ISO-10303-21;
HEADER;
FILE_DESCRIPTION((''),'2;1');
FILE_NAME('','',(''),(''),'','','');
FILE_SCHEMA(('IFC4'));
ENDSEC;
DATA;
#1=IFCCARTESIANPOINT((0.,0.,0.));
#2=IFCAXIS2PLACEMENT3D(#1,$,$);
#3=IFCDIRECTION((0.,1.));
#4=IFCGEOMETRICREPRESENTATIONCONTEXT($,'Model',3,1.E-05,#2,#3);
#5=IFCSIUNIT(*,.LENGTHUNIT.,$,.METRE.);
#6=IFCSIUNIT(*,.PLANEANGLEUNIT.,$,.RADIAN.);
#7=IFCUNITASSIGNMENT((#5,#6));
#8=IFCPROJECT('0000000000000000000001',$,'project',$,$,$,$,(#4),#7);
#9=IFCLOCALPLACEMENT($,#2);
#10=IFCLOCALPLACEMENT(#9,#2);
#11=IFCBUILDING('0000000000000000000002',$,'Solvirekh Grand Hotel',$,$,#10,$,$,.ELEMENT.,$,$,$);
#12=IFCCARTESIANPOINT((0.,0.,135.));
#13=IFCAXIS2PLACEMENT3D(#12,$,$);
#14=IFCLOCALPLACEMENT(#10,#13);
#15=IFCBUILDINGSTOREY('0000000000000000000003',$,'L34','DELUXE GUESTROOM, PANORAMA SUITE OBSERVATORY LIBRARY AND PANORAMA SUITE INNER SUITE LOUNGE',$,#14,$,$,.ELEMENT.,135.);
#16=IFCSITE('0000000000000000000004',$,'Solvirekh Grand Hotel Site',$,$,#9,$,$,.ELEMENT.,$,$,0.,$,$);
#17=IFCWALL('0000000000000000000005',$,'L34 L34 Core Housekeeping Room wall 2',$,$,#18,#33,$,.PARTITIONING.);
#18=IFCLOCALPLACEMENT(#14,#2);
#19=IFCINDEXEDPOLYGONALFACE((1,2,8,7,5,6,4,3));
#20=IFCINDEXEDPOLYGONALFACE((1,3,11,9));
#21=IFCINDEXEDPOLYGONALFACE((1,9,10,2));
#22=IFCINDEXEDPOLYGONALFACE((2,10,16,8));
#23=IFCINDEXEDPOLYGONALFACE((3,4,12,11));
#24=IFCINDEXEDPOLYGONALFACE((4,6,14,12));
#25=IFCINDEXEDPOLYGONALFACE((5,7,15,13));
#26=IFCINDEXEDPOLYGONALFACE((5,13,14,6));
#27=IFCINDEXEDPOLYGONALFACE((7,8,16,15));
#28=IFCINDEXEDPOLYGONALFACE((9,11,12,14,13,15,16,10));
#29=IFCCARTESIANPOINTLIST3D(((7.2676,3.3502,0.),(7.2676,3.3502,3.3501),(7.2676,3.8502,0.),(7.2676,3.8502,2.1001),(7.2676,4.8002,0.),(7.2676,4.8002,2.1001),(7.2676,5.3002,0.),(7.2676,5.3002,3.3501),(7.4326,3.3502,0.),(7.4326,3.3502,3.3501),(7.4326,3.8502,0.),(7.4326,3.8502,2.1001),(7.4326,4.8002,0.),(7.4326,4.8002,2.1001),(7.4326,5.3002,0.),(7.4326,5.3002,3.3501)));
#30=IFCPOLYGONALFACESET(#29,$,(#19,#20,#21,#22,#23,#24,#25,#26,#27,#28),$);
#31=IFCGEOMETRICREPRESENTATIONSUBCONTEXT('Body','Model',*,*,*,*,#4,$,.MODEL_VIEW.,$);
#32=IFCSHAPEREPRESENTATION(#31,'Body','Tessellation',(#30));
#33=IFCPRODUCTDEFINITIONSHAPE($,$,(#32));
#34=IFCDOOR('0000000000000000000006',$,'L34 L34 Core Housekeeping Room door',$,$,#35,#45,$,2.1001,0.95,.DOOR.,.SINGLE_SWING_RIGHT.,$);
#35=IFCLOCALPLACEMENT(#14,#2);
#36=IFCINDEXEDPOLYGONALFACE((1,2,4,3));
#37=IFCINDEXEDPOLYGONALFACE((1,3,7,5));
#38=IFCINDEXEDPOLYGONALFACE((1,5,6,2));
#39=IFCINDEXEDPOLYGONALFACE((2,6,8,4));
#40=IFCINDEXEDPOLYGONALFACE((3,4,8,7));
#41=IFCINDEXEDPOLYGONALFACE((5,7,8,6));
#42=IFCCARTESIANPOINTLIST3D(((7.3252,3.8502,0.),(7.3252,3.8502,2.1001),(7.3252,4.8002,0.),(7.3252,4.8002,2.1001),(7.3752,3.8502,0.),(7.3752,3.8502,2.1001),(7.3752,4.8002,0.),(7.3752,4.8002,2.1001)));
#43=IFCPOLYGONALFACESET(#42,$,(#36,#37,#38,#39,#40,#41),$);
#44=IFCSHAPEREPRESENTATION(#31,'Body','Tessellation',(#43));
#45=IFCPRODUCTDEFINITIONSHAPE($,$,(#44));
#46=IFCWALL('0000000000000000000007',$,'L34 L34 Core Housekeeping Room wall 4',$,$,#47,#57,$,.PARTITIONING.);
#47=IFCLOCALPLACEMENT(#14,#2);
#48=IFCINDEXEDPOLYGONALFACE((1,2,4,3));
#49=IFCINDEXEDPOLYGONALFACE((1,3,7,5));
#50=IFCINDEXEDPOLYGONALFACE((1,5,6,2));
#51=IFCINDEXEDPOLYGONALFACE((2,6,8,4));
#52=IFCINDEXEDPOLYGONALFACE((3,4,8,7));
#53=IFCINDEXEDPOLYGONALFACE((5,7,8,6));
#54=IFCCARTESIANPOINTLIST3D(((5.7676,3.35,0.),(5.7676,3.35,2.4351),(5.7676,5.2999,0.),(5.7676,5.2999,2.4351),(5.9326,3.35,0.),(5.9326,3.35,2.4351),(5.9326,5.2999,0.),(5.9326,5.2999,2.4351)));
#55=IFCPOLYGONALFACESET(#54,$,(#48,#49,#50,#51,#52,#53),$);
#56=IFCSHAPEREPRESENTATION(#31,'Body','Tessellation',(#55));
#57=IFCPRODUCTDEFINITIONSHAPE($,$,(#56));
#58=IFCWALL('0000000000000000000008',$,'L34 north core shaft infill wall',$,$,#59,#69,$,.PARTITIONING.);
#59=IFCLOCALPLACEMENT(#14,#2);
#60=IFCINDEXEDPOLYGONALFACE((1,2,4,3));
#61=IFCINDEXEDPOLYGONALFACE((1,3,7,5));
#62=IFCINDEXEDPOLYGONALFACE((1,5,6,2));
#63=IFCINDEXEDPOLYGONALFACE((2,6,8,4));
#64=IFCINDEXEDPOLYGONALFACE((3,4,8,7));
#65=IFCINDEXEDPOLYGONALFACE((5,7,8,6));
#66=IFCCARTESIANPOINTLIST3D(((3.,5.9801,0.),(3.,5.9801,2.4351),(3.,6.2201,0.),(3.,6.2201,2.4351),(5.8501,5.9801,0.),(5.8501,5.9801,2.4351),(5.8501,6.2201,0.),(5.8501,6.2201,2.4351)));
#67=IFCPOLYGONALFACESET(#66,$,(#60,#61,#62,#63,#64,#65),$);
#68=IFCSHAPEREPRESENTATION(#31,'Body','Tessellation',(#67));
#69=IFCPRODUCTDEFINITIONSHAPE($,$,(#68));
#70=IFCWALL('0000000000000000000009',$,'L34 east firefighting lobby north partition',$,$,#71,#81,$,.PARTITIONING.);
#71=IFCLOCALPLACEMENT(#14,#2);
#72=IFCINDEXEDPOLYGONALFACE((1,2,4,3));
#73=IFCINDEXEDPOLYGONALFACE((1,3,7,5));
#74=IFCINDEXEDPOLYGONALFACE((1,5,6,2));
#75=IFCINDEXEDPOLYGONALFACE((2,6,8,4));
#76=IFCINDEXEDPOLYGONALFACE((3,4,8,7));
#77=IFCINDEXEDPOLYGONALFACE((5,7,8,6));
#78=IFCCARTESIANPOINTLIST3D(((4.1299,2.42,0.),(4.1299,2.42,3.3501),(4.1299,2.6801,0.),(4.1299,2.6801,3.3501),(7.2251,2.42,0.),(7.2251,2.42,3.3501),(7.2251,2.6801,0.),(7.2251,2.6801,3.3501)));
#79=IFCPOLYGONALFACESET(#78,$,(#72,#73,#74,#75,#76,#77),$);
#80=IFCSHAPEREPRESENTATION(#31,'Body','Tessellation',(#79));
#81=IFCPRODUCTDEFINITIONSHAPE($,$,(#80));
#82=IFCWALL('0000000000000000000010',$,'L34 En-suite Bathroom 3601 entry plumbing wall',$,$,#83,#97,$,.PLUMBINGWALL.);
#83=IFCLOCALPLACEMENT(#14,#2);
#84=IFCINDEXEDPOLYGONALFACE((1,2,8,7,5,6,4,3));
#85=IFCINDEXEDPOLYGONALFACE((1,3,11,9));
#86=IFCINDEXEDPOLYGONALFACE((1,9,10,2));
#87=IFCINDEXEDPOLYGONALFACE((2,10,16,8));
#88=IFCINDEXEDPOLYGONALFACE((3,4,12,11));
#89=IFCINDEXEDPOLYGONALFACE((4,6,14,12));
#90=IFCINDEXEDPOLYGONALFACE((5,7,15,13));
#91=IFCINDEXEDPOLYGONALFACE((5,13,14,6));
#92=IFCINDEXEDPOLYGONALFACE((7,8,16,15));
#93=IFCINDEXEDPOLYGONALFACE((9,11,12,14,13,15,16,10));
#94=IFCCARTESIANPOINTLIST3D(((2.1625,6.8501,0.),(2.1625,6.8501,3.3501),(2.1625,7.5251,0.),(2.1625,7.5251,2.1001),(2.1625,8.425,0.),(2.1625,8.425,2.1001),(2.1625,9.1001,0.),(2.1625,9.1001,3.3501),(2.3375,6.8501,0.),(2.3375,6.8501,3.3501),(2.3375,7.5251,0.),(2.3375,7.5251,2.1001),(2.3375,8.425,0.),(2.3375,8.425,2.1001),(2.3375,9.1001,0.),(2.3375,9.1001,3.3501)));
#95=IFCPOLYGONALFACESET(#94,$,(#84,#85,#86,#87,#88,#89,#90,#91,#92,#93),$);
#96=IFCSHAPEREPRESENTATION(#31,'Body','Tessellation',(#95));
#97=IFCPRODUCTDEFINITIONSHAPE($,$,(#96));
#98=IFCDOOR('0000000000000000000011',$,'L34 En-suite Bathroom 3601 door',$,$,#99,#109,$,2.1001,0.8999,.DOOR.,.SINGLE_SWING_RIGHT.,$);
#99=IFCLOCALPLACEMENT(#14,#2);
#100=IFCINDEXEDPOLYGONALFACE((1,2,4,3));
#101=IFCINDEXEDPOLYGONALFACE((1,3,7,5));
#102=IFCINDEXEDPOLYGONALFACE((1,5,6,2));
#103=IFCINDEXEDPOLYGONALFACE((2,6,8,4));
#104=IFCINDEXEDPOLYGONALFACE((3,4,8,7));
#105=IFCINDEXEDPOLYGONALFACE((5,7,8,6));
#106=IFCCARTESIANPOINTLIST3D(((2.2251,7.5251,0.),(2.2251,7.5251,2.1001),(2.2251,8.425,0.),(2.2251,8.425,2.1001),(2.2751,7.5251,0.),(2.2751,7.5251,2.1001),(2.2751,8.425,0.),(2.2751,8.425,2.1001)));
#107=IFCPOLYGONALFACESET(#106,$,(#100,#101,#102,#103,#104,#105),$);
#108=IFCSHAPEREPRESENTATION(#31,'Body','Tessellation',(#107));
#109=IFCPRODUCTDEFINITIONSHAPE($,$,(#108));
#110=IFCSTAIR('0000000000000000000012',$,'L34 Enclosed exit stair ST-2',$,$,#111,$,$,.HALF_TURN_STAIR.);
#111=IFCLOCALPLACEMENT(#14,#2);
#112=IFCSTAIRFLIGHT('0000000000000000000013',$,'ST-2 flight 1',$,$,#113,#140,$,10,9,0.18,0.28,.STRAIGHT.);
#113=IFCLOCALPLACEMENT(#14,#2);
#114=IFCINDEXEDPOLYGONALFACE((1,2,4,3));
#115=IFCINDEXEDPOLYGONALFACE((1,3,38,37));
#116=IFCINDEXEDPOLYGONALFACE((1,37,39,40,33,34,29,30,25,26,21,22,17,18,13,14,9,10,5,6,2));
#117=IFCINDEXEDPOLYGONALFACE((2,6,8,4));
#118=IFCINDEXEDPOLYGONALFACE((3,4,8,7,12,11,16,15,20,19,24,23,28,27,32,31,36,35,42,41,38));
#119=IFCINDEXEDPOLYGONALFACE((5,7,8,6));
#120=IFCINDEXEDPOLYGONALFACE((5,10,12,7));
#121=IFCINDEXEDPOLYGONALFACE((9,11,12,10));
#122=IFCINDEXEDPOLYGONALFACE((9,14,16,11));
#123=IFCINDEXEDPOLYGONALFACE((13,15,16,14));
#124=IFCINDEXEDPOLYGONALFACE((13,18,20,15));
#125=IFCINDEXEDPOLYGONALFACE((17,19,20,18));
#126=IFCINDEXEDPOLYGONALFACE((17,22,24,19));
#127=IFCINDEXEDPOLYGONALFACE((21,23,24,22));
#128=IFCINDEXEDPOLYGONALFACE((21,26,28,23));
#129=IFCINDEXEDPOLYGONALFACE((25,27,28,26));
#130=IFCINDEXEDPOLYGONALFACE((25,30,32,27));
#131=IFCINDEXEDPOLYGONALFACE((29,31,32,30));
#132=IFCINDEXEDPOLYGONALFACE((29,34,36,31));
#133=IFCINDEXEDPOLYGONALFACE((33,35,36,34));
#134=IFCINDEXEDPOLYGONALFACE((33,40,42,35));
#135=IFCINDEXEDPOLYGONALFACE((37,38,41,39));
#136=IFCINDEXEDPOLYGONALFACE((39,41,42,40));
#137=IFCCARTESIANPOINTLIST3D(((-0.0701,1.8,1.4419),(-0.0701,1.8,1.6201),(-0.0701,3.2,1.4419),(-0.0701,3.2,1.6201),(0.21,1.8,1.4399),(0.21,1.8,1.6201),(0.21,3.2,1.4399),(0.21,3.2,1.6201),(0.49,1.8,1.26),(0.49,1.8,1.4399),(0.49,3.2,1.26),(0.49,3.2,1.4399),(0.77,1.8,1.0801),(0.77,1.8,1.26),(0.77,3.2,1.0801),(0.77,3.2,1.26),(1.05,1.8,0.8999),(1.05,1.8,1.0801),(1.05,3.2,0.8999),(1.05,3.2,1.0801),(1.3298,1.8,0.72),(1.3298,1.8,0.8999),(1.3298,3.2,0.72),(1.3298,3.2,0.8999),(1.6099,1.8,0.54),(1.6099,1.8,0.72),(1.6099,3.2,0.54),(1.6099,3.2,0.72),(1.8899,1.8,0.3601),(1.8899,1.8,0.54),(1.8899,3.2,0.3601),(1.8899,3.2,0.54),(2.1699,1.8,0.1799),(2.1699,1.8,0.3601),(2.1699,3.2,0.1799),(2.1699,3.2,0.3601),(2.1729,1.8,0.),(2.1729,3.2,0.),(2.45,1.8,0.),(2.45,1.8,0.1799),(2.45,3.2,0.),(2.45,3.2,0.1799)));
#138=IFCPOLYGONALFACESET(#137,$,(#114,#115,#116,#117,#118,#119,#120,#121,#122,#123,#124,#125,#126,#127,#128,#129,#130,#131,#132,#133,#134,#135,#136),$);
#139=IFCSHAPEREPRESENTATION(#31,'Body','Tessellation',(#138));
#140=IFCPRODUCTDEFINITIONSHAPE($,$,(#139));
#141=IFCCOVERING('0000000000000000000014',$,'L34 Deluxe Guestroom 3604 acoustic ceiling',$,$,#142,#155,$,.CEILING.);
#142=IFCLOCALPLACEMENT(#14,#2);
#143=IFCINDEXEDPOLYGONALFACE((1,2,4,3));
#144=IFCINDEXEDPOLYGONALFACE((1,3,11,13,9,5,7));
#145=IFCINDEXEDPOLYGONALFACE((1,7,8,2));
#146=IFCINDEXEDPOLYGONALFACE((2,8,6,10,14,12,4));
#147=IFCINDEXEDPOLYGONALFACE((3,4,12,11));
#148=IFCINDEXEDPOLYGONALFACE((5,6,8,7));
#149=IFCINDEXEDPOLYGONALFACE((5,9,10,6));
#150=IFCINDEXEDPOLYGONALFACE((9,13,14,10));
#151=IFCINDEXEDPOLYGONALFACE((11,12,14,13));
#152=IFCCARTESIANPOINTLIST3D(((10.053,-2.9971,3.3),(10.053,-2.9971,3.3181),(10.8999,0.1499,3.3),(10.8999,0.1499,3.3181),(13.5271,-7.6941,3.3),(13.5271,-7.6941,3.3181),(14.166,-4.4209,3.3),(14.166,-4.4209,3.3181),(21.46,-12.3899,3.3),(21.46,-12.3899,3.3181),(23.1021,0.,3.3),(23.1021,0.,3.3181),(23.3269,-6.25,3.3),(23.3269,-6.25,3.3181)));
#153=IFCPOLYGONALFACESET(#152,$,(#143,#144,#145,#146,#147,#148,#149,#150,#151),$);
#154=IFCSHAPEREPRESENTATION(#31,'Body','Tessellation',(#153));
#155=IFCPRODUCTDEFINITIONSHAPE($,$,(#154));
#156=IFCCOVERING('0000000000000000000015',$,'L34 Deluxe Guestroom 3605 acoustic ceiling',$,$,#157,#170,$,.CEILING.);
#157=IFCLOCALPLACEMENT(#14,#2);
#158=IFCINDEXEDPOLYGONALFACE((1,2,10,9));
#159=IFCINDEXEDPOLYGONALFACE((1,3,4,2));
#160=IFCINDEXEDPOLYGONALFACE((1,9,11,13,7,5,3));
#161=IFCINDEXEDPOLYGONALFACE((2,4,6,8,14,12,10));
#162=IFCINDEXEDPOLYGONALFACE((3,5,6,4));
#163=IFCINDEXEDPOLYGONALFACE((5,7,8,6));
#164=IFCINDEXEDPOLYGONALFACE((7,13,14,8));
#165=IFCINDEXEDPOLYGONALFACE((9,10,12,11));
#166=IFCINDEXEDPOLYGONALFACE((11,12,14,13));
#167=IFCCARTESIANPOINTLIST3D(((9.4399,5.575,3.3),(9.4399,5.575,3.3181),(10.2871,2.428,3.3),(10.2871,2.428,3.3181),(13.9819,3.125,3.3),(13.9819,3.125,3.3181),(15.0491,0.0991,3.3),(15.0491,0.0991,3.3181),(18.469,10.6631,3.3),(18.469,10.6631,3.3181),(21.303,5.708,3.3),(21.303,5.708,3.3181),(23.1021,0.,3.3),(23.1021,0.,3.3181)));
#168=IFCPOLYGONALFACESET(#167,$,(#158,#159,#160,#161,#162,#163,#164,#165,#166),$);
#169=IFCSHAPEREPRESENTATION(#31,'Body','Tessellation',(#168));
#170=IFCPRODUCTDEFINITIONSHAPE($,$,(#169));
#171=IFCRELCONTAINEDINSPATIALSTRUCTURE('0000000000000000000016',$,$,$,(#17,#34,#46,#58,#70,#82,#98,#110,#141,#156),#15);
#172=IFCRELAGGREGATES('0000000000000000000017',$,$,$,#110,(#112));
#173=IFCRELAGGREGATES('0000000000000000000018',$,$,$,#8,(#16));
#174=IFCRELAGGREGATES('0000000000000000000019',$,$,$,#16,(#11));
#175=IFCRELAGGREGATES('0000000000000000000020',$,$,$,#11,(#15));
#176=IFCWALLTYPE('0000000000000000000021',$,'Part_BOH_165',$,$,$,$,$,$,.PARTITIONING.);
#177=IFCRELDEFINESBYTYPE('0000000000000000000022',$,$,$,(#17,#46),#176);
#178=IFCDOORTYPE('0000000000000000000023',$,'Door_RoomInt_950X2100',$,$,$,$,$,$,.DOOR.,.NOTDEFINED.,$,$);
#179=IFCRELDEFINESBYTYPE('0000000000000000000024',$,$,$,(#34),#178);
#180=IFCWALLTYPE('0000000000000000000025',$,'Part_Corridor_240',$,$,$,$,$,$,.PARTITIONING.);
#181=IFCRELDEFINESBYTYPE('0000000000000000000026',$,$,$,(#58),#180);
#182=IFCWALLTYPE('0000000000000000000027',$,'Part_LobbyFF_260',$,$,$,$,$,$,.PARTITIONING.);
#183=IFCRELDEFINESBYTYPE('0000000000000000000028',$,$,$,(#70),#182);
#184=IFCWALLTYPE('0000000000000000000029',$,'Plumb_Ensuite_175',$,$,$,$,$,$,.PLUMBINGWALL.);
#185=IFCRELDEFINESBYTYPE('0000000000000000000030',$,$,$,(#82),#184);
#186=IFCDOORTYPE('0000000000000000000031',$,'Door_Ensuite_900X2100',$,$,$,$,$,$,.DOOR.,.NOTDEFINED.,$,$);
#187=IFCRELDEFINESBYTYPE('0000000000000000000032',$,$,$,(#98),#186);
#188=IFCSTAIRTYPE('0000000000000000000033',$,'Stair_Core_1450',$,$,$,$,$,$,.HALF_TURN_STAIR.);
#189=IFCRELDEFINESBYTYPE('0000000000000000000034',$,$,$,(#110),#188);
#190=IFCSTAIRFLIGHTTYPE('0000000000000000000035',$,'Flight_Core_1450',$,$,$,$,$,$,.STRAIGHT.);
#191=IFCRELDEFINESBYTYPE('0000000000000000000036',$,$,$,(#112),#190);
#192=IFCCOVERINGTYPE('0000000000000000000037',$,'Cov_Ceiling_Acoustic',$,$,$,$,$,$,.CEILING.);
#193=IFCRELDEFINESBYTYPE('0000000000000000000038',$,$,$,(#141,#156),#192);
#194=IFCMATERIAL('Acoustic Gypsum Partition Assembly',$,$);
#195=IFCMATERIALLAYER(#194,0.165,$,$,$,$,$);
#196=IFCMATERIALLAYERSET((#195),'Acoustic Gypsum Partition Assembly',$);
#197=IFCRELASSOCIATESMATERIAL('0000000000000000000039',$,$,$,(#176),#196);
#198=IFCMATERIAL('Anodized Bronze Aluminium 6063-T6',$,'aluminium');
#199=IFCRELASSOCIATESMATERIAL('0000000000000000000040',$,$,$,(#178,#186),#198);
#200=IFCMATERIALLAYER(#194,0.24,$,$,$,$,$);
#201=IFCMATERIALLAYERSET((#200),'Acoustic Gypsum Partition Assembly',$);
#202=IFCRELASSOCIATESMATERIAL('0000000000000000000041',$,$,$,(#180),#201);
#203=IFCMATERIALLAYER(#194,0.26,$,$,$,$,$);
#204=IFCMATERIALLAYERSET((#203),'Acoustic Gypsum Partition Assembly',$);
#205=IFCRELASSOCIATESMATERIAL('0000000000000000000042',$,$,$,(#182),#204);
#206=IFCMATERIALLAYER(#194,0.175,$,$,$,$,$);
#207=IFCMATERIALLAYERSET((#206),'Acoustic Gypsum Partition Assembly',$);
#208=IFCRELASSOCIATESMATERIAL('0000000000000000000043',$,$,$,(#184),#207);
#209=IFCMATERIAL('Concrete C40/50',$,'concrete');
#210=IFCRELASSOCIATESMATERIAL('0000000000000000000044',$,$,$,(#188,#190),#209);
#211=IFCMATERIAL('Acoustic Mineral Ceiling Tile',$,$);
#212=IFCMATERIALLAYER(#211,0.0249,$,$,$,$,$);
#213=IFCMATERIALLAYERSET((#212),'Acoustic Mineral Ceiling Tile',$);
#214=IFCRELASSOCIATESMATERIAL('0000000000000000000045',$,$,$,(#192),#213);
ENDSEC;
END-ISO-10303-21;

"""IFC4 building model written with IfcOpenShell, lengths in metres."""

from ifc_helpers import new_model, si_unit, direction, frame, frame_2d, origin, place, context, subcontext, project, spatial, polyline, rectangle, outline, extrude, material, layer, layer_set, type_object, element, fill, aggregate, save


model = new_model("IFC4")

# Units and contexts
model_context = context("Model", 3, precision=1e-05, world=origin(), true_north=direction((0.0, 1.0)))
body_context = subcontext(model_context, "Body", "Model", "MODEL_VIEW")
ifc_project = project(units=[si_unit("LENGTHUNIT", "METRE"), si_unit("PLANEANGLEUNIT", "RADIAN")], contexts=[model_context])

# Site, building, storey
site_placement = place(None, origin())
site = spatial("IfcSite", under=ifc_project, at=site_placement, Name="Solvirekh Grand Hotel Site", CompositionType="ELEMENT", RefElevation=0.0)
building_placement = place(site_placement, origin())
building = spatial("IfcBuilding", under=site, at=building_placement, Name="Solvirekh Grand Hotel", CompositionType="ELEMENT")
storey_placement = place(building_placement, frame((0.0, 0.0, 135.0)))
storey = spatial("IfcBuildingStorey", under=building, at=storey_placement, Name="L34", Description="DELUXE GUESTROOM, PANORAMA SUITE OBSERVATORY LIBRARY AND PANORAMA SUITE INNER SUITE LOUNGE", CompositionType="ELEMENT", Elevation=135.0)

# Shared definitions
ifc_material_1 = material(Name="Anodized Bronze Aluminium 6063-T6", Category="aluminium")

# Shared definitions
ifc_material_2 = material(Name="Concrete C40/50", Category="concrete")

# Shared definitions
ifc_material_3 = material(Name="Acoustic Gypsum Partition Assembly")
ifc_layer_1 = layer(ifc_material_3, 0.165)
ifc_layer_set_1 = layer_set([ifc_layer_1], Name="Acoustic Gypsum Partition Assembly")
wall_type_1 = type_object("IfcWallType", Name="Part_BOH_165", PredefinedType="PARTITIONING", material=ifc_layer_set_1)

# Wall, opening, door
wall_1_placement = place(storey_placement, frame((7.3501, 3.3501, 0.0), z_axis=(0.0, 0.0, 1.0), x_axis=(0.0, 1.0, 0.0)))
wall_1 = element("IfcWall", 1, at=wall_1_placement, inside=storey, type_object=wall_type_1, Name="L34 L34 Core Housekeeping Room wall 2", PredefinedType="PARTITIONING", context=body_context, shape_type="SweptSolid", body=[
    extrude(rectangle(XDim=1.95, YDim=0.165, at=frame_2d((0.9751, 0.0))), origin(), (0.0, 0.0, 1.0), 3.3501),
])
opening_1_placement = place(wall_1_placement, frame((0.5, 0.0, 0.0)))
opening_1 = element("IfcOpeningElement", 2, at=opening_1_placement, cuts=wall_1, PredefinedType="OPENING", context=body_context, shape_type="SweptSolid", body=[
    extrude(rectangle(XDim=0.95, YDim=2.1001, at=frame_2d((0.4751, 1.05))), frame((0.0, 0.0925, 0.0), z_axis=(0.0, -1.0, 0.0), x_axis=(1.0, 0.0, 0.0)), (0.0, 0.0, 1.0), 0.1851),
])
door_type_1 = type_object("IfcDoorType", Name="Door_RoomInt_950X2100", OperationType="NOTDEFINED", PredefinedType="DOOR", material=ifc_material_1)
door_1_placement = place(opening_1_placement, origin())
door_1 = element("IfcDoor", 3, at=door_1_placement, inside=storey, type_object=door_type_1, Name="L34 L34 Core Housekeeping Room door", OperationType="SINGLE_SWING_RIGHT", OverallHeight=2.1001, OverallWidth=0.95, PredefinedType="DOOR", context=body_context, shape_type="SweptSolid", body=[
    extrude(rectangle(XDim=0.95, YDim=2.1001, at=frame_2d((0.4751, 1.05))), frame((0.0, 0.0249, 0.0), z_axis=(0.0, -1.0, 0.0), x_axis=(1.0, 0.0, 0.0)), (0.0, 0.0, 1.0), 0.05),
])
fill(opening_1, door_1)

# Walls
wall_2_placement = place(storey_placement, frame((5.8501, 5.3, 0.0), z_axis=(0.0, 0.0, 1.0), x_axis=(0.0, -1.0, 0.0)))
element("IfcWall", 4, at=wall_2_placement, inside=storey, type_object=wall_type_1, Name="L34 L34 Core Housekeeping Room wall 4", PredefinedType="PARTITIONING", context=body_context, shape_type="SweptSolid", body=[
    extrude(rectangle(XDim=1.95, YDim=0.165, at=frame_2d((0.9751, 0.0))), origin(), (0.0, 0.0, 1.0), 2.4351),
])
ifc_layer_2 = layer(ifc_material_3, 0.24)
ifc_layer_set_2 = layer_set([ifc_layer_2], Name="Acoustic Gypsum Partition Assembly")
wall_type_2 = type_object("IfcWallType", Name="Part_Corridor_240", PredefinedType="PARTITIONING", material=ifc_layer_set_2)
wall_3_placement = place(storey_placement, frame((3.0, 6.1001, 0.0), z_axis=(0.0, 0.0, 1.0), x_axis=(1.0, 0.0, 0.0)))
element("IfcWall", 5, at=wall_3_placement, inside=storey, type_object=wall_type_2, Name="L34 north core shaft infill wall", PredefinedType="PARTITIONING", context=body_context, shape_type="SweptSolid", body=[
    extrude(rectangle(XDim=2.8501, YDim=0.24, at=frame_2d((1.425, 0.0))), origin(), (0.0, 0.0, 1.0), 2.4351),
])
ifc_layer_3 = layer(ifc_material_3, 0.26)
ifc_layer_set_3 = layer_set([ifc_layer_3], Name="Acoustic Gypsum Partition Assembly")
wall_type_3 = type_object("IfcWallType", Name="Part_LobbyFF_260", PredefinedType="PARTITIONING", material=ifc_layer_set_3)
wall_4_placement = place(storey_placement, frame((4.1299, 2.55, 0.0), z_axis=(0.0, 0.0, 1.0), x_axis=(1.0, 0.0, 0.0)))
element("IfcWall", 6, at=wall_4_placement, inside=storey, type_object=wall_type_3, Name="L34 east firefighting lobby north partition", PredefinedType="PARTITIONING", context=body_context, shape_type="SweptSolid", body=[
    extrude(rectangle(XDim=3.0952, YDim=0.26, at=frame_2d((1.5476, 0.0))), origin(), (0.0, 0.0, 1.0), 3.3501),
])

# Wall, opening, door
ifc_layer_4 = layer(ifc_material_3, 0.175)
ifc_layer_set_4 = layer_set([ifc_layer_4], Name="Acoustic Gypsum Partition Assembly")
wall_type_4 = type_object("IfcWallType", Name="Plumb_Ensuite_175", PredefinedType="PLUMBINGWALL", material=ifc_layer_set_4)
wall_5_placement = place(storey_placement, frame((2.25, 6.8501, 0.0), z_axis=(0.0, 0.0, 1.0), x_axis=(0.0, 1.0, 0.0)))
wall_5 = element("IfcWall", 7, at=wall_5_placement, inside=storey, type_object=wall_type_4, Name="L34 En-suite Bathroom 3601 entry plumbing wall", PredefinedType="PLUMBINGWALL", context=body_context, shape_type="SweptSolid", body=[
    extrude(rectangle(XDim=2.25, YDim=0.175, at=frame_2d((1.125, 0.0))), origin(), (0.0, 0.0, 1.0), 3.3501),
])
opening_2_placement = place(wall_5_placement, frame((0.675, 0.0, 0.0)))
opening_2 = element("IfcOpeningElement", 8, at=opening_2_placement, cuts=wall_5, PredefinedType="OPENING", context=body_context, shape_type="SweptSolid", body=[
    extrude(rectangle(XDim=0.8999, YDim=2.1001, at=frame_2d((0.45, 1.05))), frame((0.0, 0.0977, 0.0), z_axis=(0.0, -1.0, 0.0), x_axis=(1.0, 0.0, 0.0)), (0.0, 0.0, 1.0), 0.1951),
])
door_type_2 = type_object("IfcDoorType", Name="Door_Ensuite_900X2100", OperationType="NOTDEFINED", PredefinedType="DOOR", material=ifc_material_1)
door_2_placement = place(opening_2_placement, origin())
door_2 = element("IfcDoor", 9, at=door_2_placement, inside=storey, type_object=door_type_2, Name="L34 En-suite Bathroom 3601 door", OperationType="SINGLE_SWING_RIGHT", OverallHeight=2.1001, OverallWidth=0.8999, PredefinedType="DOOR", context=body_context, shape_type="SweptSolid", body=[
    extrude(rectangle(XDim=0.8999, YDim=2.1001, at=frame_2d((0.45, 1.05))), frame((0.0, 0.0249, 0.0), z_axis=(0.0, -1.0, 0.0), x_axis=(1.0, 0.0, 0.0)), (0.0, 0.0, 1.0), 0.05),
])
fill(opening_2, door_2)

# Stair, stair flight
stair_type = type_object("IfcStairType", Name="Stair_Core_1450", PredefinedType="HALF_TURN_STAIR", material=ifc_material_2)
stair_placement = place(storey_placement, origin())
stair = element("IfcStair", 10, at=stair_placement, inside=storey, type_object=stair_type, Name="L34 Enclosed exit stair ST-2", PredefinedType="HALF_TURN_STAIR")
stair_flight_type = type_object("IfcStairFlightType", Name="Flight_Core_1450", PredefinedType="STRAIGHT", material=ifc_material_2)
stair_flight_placement = place(storey_placement, frame((2.45, 2.5, 0.0), z_axis=(0.0, 0.0, 1.0), x_axis=(-1.0, 0.0, 0.0)))
stair_flight = element("IfcStairFlight", 11, at=stair_flight_placement, type_object=stair_flight_type, Name="ST-2 flight 1", NumberOfRisers=10, NumberOfTreads=9, PredefinedType="STRAIGHT", RiserHeight=0.18, TreadLength=0.28, context=body_context, shape_type="SweptSolid", body=[
    extrude(outline(polyline([(0.0, 0.0), (0.0, 0.1799), (0.28, 0.1799), (0.28, 0.3601), (0.5601, 0.3601), (0.5601, 0.54), (0.8401, 0.54), (0.8401, 0.72), (1.1201, 0.72), (1.1201, 0.8999), (1.3999, 0.8999), (1.3999, 1.0801), (1.6799, 1.0801), (1.6799, 1.26), (1.96, 1.26), (1.96, 1.4399), (2.24, 1.4399), (2.24, 1.6201), (2.52, 1.6201), (2.52, 1.8), (2.52, 1.4419), (0.2771, 0.0), (0.0, 0.0)])), frame((0.0, 0.7, 0.0), z_axis=(0.0, -1.0, 0.0), x_axis=(1.0, 0.0, 0.0)), (0.0, 0.0, 1.0), 1.3999),
])
aggregate(stair, [stair_flight])

# Coverings
ifc_material_4 = material(Name="Acoustic Mineral Ceiling Tile")
ifc_layer_5 = layer(ifc_material_4, 0.0249)
ifc_layer_set_5 = layer_set([ifc_layer_5], Name="Acoustic Mineral Ceiling Tile")
covering_type_1 = type_object("IfcCoveringType", Name="Cov_Ceiling_Acoustic", PredefinedType="CEILING", material=ifc_layer_set_5)
covering_1_placement = place(storey_placement, frame((0.0, 0.0, 3.3)))
element("IfcCovering", 12, at=covering_1_placement, inside=storey, type_object=covering_type_1, Name="L34 Deluxe Guestroom 3604 acoustic ceiling", PredefinedType="CEILING", context=body_context, shape_type="SweptSolid", body=[
    extrude(outline(polyline([(14.166, -4.4209), (13.5271, -7.6941), (21.46, -12.3899), (23.3269, -6.25), (23.1021, 0.0), (10.8999, 0.1499), (10.053, -2.9971), (14.166, -4.4209)])), origin(), (0.0, 0.0, 1.0), 0.0181),
])
covering_2_placement = place(storey_placement, frame((0.0, 0.0, 3.3)))
element("IfcCovering", 13, at=covering_2_placement, inside=storey, type_object=covering_type_1, Name="L34 Deluxe Guestroom 3605 acoustic ceiling", PredefinedType="CEILING", context=body_context, shape_type="SweptSolid", body=[
    extrude(outline(polyline([(13.9819, 3.125), (15.0491, 0.0991), (23.1021, 0.0), (21.303, 5.708), (18.469, 10.6631), (9.4399, 5.575), (10.2871, 2.428), (13.9819, 3.125)])), origin(), (0.0, 0.0, 1.0), 0.0181),
])

save(model, "model.ifc")
